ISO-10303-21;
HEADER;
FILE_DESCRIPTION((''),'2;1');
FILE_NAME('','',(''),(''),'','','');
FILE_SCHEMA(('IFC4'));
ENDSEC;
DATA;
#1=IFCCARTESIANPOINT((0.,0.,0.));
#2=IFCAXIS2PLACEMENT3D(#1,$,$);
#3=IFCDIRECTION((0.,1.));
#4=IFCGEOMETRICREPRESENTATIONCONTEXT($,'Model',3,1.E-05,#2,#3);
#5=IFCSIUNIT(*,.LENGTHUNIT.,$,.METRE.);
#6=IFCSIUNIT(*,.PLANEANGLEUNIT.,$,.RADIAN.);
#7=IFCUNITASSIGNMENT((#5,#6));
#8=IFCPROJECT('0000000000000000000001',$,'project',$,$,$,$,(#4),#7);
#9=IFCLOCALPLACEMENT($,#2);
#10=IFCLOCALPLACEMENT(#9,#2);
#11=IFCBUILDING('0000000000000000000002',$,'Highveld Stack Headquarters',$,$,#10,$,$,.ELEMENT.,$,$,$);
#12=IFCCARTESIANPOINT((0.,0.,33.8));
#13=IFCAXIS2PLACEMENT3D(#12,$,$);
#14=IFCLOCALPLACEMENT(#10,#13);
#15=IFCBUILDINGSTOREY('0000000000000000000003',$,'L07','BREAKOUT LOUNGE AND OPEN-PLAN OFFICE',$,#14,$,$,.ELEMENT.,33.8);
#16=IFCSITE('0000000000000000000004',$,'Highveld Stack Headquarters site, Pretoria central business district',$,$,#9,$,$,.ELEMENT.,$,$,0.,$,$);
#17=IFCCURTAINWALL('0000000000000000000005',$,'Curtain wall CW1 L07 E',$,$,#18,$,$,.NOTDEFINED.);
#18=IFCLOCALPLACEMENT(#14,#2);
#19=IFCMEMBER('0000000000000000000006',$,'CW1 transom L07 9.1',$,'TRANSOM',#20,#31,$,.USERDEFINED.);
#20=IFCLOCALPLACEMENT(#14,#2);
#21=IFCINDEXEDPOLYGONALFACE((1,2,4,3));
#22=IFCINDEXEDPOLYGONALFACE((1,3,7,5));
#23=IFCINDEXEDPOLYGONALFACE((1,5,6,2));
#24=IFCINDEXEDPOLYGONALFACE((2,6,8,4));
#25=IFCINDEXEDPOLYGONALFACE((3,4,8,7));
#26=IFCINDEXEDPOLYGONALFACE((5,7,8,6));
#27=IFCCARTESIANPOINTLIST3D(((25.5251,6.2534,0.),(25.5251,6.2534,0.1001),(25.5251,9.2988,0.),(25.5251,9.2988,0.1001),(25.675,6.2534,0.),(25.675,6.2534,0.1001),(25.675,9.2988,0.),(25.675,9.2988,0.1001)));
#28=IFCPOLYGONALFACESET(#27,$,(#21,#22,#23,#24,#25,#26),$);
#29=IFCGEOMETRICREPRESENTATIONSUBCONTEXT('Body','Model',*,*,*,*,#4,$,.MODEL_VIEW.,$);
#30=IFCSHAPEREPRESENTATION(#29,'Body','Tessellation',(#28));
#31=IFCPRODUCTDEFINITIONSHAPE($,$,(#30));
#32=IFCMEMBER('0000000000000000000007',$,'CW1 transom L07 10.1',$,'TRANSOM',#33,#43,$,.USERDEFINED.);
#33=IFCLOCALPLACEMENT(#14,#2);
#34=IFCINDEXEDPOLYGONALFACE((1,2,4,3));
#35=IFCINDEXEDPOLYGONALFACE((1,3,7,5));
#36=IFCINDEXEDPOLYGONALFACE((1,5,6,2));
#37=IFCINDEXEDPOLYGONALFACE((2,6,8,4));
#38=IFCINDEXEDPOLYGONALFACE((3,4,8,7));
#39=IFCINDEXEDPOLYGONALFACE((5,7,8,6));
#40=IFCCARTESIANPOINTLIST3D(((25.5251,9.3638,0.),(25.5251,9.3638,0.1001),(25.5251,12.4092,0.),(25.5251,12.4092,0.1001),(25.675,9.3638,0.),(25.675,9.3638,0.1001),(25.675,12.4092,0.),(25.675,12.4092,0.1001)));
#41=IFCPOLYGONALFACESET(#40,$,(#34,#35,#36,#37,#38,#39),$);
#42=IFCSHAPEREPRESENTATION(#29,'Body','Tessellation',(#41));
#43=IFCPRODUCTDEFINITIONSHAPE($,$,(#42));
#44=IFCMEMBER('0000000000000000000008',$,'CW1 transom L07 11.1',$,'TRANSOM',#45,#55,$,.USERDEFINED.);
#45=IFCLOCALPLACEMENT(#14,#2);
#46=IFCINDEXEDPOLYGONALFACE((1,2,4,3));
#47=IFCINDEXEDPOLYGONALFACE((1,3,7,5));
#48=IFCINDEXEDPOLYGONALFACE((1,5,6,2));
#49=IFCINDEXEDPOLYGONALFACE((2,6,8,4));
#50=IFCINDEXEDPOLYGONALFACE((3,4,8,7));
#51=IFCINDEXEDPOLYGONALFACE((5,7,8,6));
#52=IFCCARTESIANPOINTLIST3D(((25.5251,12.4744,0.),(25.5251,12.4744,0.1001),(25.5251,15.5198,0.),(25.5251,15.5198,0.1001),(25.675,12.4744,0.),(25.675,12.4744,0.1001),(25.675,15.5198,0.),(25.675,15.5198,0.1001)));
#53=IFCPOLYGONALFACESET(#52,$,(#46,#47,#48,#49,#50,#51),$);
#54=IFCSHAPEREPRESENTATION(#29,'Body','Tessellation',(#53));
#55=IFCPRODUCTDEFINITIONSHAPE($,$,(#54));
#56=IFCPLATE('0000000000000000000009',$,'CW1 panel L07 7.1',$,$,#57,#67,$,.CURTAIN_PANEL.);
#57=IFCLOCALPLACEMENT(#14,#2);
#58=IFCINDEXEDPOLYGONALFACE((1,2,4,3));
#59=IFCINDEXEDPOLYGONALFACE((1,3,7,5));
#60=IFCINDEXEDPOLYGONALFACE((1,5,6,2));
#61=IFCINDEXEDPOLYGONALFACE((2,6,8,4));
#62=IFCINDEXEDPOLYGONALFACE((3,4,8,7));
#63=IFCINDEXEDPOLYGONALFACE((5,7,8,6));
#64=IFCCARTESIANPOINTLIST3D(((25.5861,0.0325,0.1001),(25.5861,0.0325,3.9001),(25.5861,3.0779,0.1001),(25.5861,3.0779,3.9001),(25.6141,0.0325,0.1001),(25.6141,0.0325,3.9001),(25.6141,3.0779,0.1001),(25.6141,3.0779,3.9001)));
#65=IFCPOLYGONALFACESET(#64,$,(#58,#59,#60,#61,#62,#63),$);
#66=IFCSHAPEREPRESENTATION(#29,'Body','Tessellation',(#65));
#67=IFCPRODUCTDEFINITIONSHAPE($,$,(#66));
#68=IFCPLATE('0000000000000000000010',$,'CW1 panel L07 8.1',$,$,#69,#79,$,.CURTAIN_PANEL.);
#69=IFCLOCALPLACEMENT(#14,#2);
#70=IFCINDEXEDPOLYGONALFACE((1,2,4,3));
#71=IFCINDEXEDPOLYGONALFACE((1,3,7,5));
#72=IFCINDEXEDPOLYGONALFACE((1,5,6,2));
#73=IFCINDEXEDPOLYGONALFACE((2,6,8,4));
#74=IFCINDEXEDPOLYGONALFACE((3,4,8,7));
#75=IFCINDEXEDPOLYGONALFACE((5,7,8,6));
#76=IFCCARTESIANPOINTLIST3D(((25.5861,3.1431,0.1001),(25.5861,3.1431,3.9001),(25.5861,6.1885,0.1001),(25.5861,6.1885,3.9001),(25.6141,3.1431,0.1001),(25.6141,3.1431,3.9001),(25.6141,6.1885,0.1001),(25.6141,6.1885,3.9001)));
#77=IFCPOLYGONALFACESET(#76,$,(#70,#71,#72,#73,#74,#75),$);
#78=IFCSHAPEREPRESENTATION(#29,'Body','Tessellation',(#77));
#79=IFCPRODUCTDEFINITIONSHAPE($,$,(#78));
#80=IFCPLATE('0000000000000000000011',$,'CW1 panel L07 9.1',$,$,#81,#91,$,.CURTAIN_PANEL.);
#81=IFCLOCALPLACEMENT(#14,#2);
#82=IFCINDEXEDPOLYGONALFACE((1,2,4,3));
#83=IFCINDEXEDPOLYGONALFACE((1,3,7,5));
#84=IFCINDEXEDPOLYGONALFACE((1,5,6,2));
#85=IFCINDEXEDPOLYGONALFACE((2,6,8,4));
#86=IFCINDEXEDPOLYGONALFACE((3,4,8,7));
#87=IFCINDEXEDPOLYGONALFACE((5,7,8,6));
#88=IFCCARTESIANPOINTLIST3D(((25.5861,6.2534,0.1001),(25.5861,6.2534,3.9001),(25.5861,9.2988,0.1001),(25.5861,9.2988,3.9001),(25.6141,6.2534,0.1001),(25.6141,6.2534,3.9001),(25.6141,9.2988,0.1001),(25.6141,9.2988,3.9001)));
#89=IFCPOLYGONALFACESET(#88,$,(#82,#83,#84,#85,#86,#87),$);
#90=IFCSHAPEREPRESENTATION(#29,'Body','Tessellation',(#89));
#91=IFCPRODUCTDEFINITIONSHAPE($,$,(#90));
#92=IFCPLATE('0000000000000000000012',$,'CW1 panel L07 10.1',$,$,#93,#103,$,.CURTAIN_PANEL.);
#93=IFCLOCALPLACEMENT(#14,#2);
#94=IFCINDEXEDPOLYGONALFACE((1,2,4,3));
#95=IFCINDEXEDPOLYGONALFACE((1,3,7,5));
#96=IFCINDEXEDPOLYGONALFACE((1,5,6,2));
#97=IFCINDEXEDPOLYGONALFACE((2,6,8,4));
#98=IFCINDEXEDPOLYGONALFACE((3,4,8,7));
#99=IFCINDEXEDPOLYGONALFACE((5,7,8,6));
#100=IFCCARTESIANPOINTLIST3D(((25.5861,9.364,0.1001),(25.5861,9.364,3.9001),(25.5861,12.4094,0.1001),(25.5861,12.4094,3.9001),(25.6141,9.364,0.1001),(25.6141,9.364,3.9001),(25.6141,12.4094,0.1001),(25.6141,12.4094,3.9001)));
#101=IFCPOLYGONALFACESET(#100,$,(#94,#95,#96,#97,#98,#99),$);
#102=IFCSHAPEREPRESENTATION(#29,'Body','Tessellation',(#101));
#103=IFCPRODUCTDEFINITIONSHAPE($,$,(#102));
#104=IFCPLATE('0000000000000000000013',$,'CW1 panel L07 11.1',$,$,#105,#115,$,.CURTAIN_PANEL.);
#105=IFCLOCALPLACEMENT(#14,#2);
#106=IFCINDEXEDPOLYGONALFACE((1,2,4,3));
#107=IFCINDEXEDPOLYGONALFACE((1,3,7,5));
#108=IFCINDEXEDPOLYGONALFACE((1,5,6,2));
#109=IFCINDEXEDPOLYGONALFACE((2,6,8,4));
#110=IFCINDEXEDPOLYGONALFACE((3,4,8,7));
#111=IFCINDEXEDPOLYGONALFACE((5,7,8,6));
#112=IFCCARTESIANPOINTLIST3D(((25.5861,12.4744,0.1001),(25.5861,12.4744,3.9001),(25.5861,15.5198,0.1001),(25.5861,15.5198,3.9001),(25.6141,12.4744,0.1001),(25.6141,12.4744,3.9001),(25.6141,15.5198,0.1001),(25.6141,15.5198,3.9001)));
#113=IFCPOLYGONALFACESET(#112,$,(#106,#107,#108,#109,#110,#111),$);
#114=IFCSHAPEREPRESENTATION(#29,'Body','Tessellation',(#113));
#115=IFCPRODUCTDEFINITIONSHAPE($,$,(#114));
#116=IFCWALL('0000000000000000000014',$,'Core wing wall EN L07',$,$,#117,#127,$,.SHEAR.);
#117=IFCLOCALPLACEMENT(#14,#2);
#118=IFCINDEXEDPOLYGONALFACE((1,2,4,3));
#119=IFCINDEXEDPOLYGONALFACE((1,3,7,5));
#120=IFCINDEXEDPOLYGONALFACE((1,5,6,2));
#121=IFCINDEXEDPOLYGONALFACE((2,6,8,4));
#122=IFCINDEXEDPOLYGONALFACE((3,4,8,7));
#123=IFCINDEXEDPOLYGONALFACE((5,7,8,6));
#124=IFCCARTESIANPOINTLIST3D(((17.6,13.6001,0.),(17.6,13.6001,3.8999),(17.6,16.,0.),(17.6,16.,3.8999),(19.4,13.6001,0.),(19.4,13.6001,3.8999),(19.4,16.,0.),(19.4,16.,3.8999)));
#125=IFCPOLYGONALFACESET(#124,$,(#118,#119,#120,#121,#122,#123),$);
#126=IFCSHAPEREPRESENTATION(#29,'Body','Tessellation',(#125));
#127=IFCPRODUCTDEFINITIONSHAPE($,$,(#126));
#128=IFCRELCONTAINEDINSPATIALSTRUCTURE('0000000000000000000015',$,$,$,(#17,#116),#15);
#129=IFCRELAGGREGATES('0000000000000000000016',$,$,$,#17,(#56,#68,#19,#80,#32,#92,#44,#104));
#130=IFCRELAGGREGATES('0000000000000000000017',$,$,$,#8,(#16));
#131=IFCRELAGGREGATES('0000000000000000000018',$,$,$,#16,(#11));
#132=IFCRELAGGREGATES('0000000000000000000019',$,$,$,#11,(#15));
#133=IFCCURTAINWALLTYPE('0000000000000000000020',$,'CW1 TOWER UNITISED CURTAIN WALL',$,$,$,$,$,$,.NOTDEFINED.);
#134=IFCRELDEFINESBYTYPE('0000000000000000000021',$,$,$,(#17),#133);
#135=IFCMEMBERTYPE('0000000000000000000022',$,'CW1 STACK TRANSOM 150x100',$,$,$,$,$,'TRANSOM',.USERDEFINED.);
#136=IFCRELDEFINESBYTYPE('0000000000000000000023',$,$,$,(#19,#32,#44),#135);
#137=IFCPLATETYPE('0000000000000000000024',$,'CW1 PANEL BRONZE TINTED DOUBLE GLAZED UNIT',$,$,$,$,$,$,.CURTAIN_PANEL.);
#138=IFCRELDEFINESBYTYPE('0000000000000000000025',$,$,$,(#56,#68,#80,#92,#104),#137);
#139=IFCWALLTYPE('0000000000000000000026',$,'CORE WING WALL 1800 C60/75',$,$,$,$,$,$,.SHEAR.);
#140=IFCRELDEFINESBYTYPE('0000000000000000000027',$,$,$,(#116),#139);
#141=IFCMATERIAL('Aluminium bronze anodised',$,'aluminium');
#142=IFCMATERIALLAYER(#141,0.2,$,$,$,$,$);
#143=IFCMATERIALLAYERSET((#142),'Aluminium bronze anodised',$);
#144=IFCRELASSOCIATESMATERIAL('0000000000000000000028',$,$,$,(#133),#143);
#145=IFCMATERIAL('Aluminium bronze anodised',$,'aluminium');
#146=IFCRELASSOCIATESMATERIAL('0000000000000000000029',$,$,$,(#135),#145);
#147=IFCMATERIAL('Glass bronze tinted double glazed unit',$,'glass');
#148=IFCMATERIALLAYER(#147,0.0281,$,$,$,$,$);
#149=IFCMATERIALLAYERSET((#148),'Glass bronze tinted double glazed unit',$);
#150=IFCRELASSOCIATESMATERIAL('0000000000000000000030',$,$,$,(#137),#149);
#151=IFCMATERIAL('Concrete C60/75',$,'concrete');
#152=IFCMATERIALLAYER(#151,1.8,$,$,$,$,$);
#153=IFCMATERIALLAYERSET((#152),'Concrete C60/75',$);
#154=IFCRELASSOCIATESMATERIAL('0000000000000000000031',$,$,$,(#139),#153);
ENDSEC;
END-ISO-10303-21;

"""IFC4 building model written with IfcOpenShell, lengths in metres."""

from ifc_helpers import new_model, si_unit, direction, frame, frame_2d, origin, origin_2d, place, context, subcontext, project, spatial, rectangle, extrude, material, layer, layer_set, material_profile, profile_set, type_object, element, aggregate, save


model = new_model("IFC4")

# Units and contexts
model_context = context("Model", 3, precision=1e-05, world=origin(), true_north=direction((0.0, 1.0)))
body_context = subcontext(model_context, "Body", "Model", "MODEL_VIEW")
ifc_project = project(units=[si_unit("LENGTHUNIT", "METRE"), si_unit("PLANEANGLEUNIT", "RADIAN")], contexts=[model_context])

# Site, building, storey
site_placement = place(None, origin())
site = spatial("IfcSite", under=ifc_project, at=site_placement, Name="Highveld Stack Headquarters site, Pretoria central business district", CompositionType="ELEMENT", RefElevation=0.0)
building_placement = place(site_placement, origin())
building = spatial("IfcBuilding", under=site, at=building_placement, Name="Highveld Stack Headquarters", CompositionType="ELEMENT")
storey_placement = place(building_placement, frame((0.0, 0.0, 33.8)))
storey = spatial("IfcBuildingStorey", under=building, at=storey_placement, Name="L07", Description="BREAKOUT LOUNGE AND OPEN-PLAN OFFICE", CompositionType="ELEMENT", Elevation=33.8)

# Curtain wall, members, plates
ifc_material_1 = material(Name="Aluminium bronze anodised", Category="aluminium")
ifc_layer_1 = layer(ifc_material_1, 0.2)
ifc_layer_set_1 = layer_set([ifc_layer_1], Name="Aluminium bronze anodised")
curtain_wall_type = type_object("IfcCurtainWallType", Name="CW1 TOWER UNITISED CURTAIN WALL", PredefinedType="NOTDEFINED", material=ifc_layer_set_1)
curtain_wall_placement = place(storey_placement, origin())
curtain_wall = element("IfcCurtainWall", 1, at=curtain_wall_placement, inside=storey, type_object=curtain_wall_type, Name="Curtain wall CW1 L07 E", PredefinedType="NOTDEFINED")
ifc_material_2 = material(Name="Aluminium bronze anodised", Category="aluminium")
ifc_material_profile_1 = material_profile(ifc_material_2, rectangle(XDim=0.1499, YDim=0.1001, at=origin_2d()), Name="CW1 TRANSOM 150x100")
ifc_profile_set_1 = profile_set([ifc_material_profile_1], Name="Aluminium bronze anodised")
member_type_1 = type_object("IfcMemberType", Name="CW1 STACK TRANSOM 150x100", ElementType="TRANSOM", PredefinedType="USERDEFINED", material=ifc_profile_set_1)
member_1_placement = place(storey_placement, frame((25.6001, 6.2534, 0.05), z_axis=(0.0, 1.0, 0.0), x_axis=(-1.0, 0.0, 0.0)))
member_1 = element("IfcMember", 2, at=member_1_placement, type_object=member_type_1, Name="CW1 transom L07 9.1", ObjectType="TRANSOM", PredefinedType="USERDEFINED", context=body_context, shape_type="SweptSolid", body=[
    extrude(rectangle(XDim=0.1499, YDim=0.1001, at=origin_2d()), origin(), (0.0, 0.0, 1.0), 3.0454),
])
member_2_placement = place(storey_placement, frame((25.6001, 9.3638, 0.05), z_axis=(0.0, 1.0, 0.0), x_axis=(-1.0, 0.0, 0.0)))
member_2 = element("IfcMember", 3, at=member_2_placement, type_object=member_type_1, Name="CW1 transom L07 10.1", ObjectType="TRANSOM", PredefinedType="USERDEFINED", context=body_context, shape_type="SweptSolid", body=[
    extrude(rectangle(XDim=0.1499, YDim=0.1001, at=origin_2d()), origin(), (0.0, 0.0, 1.0), 3.0454),
])
member_3_placement = place(storey_placement, frame((25.6001, 12.4744, 0.05), z_axis=(0.0, 1.0, 0.0), x_axis=(-1.0, 0.0, 0.0)))
member_3 = element("IfcMember", 4, at=member_3_placement, type_object=member_type_1, Name="CW1 transom L07 11.1", ObjectType="TRANSOM", PredefinedType="USERDEFINED", context=body_context, shape_type="SweptSolid", body=[
    extrude(rectangle(XDim=0.1499, YDim=0.1001, at=origin_2d()), origin(), (0.0, 0.0, 1.0), 3.0454),
])
ifc_material_3 = material(Name="Glass bronze tinted double glazed unit", Category="glass")
ifc_layer_2 = layer(ifc_material_3, 0.0281)
ifc_layer_set_2 = layer_set([ifc_layer_2], Name="Glass bronze tinted double glazed unit")
plate_type = type_object("IfcPlateType", Name="CW1 PANEL BRONZE TINTED DOUBLE GLAZED UNIT", PredefinedType="CURTAIN_PANEL", material=ifc_layer_set_2)
plate_1_placement = place(storey_placement, frame((25.6001, 1.5552, 0.1001), z_axis=(0.0, 0.0, 1.0), x_axis=(0.0, 1.0, 0.0)))
plate_1 = element("IfcPlate", 5, at=plate_1_placement, type_object=plate_type, Name="CW1 panel L07 7.1", PredefinedType="CURTAIN_PANEL", context=body_context, shape_type="SweptSolid", body=[
    extrude(rectangle(XDim=3.0454, YDim=0.0281, at=origin_2d()), origin(), (0.0, 0.0, 1.0), 3.8),
])
plate_2_placement = place(storey_placement, frame((25.6001, 4.6658, 0.1001), z_axis=(0.0, 0.0, 1.0), x_axis=(0.0, 1.0, 0.0)))
plate_2 = element("IfcPlate", 6, at=plate_2_placement, type_object=plate_type, Name="CW1 panel L07 8.1", PredefinedType="CURTAIN_PANEL", context=body_context, shape_type="SweptSolid", body=[
    extrude(rectangle(XDim=3.0454, YDim=0.0281, at=origin_2d()), origin(), (0.0, 0.0, 1.0), 3.8),
])
plate_3_placement = place(storey_placement, frame((25.6001, 7.7761, 0.1001), z_axis=(0.0, 0.0, 1.0), x_axis=(0.0, 1.0, 0.0)))
plate_3 = element("IfcPlate", 7, at=plate_3_placement, type_object=plate_type, Name="CW1 panel L07 9.1", PredefinedType="CURTAIN_PANEL", context=body_context, shape_type="SweptSolid", body=[
    extrude(rectangle(XDim=3.0454, YDim=0.0281, at=origin_2d()), origin(), (0.0, 0.0, 1.0), 3.8),
])
plate_4_placement = place(storey_placement, frame((25.6001, 10.8867, 0.1001), z_axis=(0.0, 0.0, 1.0), x_axis=(0.0, 1.0, 0.0)))
plate_4 = element("IfcPlate", 8, at=plate_4_placement, type_object=plate_type, Name="CW1 panel L07 10.1", PredefinedType="CURTAIN_PANEL", context=body_context, shape_type="SweptSolid", body=[
    extrude(rectangle(XDim=3.0454, YDim=0.0281, at=origin_2d()), origin(), (0.0, 0.0, 1.0), 3.8),
])
plate_5_placement = place(storey_placement, frame((25.6001, 13.9971, 0.1001), z_axis=(0.0, 0.0, 1.0), x_axis=(0.0, 1.0, 0.0)))
plate_5 = element("IfcPlate", 9, at=plate_5_placement, type_object=plate_type, Name="CW1 panel L07 11.1", PredefinedType="CURTAIN_PANEL", context=body_context, shape_type="SweptSolid", body=[
    extrude(rectangle(XDim=3.0454, YDim=0.0281, at=origin_2d()), origin(), (0.0, 0.0, 1.0), 3.8),
])
aggregate(curtain_wall, [plate_1, plate_2, member_1, plate_3, member_2, plate_4, member_3, plate_5])

# Wall
ifc_material_4 = material(Name="Concrete C60/75", Category="concrete")
ifc_layer_3 = layer(ifc_material_4, 1.8)
ifc_layer_set_3 = layer_set([ifc_layer_3], Name="Concrete C60/75")
wall_type = type_object("IfcWallType", Name="CORE WING WALL 1800 C60/75", PredefinedType="SHEAR", material=ifc_layer_set_3)
wall_placement = place(storey_placement, frame((18.5, 13.6001, 0.0), z_axis=(0.0, 0.0, 1.0), x_axis=(0.0, 1.0, 0.0)))
element("IfcWall", 10, at=wall_placement, inside=storey, type_object=wall_type, Name="Core wing wall EN L07", PredefinedType="SHEAR", context=body_context, shape_type="SweptSolid", body=[
    extrude(rectangle(XDim=2.3999, YDim=1.8, at=frame_2d((1.2, 0.0))), origin(), (0.0, 0.0, 1.0), 3.8999),
])

save(model, "model.ifc")
